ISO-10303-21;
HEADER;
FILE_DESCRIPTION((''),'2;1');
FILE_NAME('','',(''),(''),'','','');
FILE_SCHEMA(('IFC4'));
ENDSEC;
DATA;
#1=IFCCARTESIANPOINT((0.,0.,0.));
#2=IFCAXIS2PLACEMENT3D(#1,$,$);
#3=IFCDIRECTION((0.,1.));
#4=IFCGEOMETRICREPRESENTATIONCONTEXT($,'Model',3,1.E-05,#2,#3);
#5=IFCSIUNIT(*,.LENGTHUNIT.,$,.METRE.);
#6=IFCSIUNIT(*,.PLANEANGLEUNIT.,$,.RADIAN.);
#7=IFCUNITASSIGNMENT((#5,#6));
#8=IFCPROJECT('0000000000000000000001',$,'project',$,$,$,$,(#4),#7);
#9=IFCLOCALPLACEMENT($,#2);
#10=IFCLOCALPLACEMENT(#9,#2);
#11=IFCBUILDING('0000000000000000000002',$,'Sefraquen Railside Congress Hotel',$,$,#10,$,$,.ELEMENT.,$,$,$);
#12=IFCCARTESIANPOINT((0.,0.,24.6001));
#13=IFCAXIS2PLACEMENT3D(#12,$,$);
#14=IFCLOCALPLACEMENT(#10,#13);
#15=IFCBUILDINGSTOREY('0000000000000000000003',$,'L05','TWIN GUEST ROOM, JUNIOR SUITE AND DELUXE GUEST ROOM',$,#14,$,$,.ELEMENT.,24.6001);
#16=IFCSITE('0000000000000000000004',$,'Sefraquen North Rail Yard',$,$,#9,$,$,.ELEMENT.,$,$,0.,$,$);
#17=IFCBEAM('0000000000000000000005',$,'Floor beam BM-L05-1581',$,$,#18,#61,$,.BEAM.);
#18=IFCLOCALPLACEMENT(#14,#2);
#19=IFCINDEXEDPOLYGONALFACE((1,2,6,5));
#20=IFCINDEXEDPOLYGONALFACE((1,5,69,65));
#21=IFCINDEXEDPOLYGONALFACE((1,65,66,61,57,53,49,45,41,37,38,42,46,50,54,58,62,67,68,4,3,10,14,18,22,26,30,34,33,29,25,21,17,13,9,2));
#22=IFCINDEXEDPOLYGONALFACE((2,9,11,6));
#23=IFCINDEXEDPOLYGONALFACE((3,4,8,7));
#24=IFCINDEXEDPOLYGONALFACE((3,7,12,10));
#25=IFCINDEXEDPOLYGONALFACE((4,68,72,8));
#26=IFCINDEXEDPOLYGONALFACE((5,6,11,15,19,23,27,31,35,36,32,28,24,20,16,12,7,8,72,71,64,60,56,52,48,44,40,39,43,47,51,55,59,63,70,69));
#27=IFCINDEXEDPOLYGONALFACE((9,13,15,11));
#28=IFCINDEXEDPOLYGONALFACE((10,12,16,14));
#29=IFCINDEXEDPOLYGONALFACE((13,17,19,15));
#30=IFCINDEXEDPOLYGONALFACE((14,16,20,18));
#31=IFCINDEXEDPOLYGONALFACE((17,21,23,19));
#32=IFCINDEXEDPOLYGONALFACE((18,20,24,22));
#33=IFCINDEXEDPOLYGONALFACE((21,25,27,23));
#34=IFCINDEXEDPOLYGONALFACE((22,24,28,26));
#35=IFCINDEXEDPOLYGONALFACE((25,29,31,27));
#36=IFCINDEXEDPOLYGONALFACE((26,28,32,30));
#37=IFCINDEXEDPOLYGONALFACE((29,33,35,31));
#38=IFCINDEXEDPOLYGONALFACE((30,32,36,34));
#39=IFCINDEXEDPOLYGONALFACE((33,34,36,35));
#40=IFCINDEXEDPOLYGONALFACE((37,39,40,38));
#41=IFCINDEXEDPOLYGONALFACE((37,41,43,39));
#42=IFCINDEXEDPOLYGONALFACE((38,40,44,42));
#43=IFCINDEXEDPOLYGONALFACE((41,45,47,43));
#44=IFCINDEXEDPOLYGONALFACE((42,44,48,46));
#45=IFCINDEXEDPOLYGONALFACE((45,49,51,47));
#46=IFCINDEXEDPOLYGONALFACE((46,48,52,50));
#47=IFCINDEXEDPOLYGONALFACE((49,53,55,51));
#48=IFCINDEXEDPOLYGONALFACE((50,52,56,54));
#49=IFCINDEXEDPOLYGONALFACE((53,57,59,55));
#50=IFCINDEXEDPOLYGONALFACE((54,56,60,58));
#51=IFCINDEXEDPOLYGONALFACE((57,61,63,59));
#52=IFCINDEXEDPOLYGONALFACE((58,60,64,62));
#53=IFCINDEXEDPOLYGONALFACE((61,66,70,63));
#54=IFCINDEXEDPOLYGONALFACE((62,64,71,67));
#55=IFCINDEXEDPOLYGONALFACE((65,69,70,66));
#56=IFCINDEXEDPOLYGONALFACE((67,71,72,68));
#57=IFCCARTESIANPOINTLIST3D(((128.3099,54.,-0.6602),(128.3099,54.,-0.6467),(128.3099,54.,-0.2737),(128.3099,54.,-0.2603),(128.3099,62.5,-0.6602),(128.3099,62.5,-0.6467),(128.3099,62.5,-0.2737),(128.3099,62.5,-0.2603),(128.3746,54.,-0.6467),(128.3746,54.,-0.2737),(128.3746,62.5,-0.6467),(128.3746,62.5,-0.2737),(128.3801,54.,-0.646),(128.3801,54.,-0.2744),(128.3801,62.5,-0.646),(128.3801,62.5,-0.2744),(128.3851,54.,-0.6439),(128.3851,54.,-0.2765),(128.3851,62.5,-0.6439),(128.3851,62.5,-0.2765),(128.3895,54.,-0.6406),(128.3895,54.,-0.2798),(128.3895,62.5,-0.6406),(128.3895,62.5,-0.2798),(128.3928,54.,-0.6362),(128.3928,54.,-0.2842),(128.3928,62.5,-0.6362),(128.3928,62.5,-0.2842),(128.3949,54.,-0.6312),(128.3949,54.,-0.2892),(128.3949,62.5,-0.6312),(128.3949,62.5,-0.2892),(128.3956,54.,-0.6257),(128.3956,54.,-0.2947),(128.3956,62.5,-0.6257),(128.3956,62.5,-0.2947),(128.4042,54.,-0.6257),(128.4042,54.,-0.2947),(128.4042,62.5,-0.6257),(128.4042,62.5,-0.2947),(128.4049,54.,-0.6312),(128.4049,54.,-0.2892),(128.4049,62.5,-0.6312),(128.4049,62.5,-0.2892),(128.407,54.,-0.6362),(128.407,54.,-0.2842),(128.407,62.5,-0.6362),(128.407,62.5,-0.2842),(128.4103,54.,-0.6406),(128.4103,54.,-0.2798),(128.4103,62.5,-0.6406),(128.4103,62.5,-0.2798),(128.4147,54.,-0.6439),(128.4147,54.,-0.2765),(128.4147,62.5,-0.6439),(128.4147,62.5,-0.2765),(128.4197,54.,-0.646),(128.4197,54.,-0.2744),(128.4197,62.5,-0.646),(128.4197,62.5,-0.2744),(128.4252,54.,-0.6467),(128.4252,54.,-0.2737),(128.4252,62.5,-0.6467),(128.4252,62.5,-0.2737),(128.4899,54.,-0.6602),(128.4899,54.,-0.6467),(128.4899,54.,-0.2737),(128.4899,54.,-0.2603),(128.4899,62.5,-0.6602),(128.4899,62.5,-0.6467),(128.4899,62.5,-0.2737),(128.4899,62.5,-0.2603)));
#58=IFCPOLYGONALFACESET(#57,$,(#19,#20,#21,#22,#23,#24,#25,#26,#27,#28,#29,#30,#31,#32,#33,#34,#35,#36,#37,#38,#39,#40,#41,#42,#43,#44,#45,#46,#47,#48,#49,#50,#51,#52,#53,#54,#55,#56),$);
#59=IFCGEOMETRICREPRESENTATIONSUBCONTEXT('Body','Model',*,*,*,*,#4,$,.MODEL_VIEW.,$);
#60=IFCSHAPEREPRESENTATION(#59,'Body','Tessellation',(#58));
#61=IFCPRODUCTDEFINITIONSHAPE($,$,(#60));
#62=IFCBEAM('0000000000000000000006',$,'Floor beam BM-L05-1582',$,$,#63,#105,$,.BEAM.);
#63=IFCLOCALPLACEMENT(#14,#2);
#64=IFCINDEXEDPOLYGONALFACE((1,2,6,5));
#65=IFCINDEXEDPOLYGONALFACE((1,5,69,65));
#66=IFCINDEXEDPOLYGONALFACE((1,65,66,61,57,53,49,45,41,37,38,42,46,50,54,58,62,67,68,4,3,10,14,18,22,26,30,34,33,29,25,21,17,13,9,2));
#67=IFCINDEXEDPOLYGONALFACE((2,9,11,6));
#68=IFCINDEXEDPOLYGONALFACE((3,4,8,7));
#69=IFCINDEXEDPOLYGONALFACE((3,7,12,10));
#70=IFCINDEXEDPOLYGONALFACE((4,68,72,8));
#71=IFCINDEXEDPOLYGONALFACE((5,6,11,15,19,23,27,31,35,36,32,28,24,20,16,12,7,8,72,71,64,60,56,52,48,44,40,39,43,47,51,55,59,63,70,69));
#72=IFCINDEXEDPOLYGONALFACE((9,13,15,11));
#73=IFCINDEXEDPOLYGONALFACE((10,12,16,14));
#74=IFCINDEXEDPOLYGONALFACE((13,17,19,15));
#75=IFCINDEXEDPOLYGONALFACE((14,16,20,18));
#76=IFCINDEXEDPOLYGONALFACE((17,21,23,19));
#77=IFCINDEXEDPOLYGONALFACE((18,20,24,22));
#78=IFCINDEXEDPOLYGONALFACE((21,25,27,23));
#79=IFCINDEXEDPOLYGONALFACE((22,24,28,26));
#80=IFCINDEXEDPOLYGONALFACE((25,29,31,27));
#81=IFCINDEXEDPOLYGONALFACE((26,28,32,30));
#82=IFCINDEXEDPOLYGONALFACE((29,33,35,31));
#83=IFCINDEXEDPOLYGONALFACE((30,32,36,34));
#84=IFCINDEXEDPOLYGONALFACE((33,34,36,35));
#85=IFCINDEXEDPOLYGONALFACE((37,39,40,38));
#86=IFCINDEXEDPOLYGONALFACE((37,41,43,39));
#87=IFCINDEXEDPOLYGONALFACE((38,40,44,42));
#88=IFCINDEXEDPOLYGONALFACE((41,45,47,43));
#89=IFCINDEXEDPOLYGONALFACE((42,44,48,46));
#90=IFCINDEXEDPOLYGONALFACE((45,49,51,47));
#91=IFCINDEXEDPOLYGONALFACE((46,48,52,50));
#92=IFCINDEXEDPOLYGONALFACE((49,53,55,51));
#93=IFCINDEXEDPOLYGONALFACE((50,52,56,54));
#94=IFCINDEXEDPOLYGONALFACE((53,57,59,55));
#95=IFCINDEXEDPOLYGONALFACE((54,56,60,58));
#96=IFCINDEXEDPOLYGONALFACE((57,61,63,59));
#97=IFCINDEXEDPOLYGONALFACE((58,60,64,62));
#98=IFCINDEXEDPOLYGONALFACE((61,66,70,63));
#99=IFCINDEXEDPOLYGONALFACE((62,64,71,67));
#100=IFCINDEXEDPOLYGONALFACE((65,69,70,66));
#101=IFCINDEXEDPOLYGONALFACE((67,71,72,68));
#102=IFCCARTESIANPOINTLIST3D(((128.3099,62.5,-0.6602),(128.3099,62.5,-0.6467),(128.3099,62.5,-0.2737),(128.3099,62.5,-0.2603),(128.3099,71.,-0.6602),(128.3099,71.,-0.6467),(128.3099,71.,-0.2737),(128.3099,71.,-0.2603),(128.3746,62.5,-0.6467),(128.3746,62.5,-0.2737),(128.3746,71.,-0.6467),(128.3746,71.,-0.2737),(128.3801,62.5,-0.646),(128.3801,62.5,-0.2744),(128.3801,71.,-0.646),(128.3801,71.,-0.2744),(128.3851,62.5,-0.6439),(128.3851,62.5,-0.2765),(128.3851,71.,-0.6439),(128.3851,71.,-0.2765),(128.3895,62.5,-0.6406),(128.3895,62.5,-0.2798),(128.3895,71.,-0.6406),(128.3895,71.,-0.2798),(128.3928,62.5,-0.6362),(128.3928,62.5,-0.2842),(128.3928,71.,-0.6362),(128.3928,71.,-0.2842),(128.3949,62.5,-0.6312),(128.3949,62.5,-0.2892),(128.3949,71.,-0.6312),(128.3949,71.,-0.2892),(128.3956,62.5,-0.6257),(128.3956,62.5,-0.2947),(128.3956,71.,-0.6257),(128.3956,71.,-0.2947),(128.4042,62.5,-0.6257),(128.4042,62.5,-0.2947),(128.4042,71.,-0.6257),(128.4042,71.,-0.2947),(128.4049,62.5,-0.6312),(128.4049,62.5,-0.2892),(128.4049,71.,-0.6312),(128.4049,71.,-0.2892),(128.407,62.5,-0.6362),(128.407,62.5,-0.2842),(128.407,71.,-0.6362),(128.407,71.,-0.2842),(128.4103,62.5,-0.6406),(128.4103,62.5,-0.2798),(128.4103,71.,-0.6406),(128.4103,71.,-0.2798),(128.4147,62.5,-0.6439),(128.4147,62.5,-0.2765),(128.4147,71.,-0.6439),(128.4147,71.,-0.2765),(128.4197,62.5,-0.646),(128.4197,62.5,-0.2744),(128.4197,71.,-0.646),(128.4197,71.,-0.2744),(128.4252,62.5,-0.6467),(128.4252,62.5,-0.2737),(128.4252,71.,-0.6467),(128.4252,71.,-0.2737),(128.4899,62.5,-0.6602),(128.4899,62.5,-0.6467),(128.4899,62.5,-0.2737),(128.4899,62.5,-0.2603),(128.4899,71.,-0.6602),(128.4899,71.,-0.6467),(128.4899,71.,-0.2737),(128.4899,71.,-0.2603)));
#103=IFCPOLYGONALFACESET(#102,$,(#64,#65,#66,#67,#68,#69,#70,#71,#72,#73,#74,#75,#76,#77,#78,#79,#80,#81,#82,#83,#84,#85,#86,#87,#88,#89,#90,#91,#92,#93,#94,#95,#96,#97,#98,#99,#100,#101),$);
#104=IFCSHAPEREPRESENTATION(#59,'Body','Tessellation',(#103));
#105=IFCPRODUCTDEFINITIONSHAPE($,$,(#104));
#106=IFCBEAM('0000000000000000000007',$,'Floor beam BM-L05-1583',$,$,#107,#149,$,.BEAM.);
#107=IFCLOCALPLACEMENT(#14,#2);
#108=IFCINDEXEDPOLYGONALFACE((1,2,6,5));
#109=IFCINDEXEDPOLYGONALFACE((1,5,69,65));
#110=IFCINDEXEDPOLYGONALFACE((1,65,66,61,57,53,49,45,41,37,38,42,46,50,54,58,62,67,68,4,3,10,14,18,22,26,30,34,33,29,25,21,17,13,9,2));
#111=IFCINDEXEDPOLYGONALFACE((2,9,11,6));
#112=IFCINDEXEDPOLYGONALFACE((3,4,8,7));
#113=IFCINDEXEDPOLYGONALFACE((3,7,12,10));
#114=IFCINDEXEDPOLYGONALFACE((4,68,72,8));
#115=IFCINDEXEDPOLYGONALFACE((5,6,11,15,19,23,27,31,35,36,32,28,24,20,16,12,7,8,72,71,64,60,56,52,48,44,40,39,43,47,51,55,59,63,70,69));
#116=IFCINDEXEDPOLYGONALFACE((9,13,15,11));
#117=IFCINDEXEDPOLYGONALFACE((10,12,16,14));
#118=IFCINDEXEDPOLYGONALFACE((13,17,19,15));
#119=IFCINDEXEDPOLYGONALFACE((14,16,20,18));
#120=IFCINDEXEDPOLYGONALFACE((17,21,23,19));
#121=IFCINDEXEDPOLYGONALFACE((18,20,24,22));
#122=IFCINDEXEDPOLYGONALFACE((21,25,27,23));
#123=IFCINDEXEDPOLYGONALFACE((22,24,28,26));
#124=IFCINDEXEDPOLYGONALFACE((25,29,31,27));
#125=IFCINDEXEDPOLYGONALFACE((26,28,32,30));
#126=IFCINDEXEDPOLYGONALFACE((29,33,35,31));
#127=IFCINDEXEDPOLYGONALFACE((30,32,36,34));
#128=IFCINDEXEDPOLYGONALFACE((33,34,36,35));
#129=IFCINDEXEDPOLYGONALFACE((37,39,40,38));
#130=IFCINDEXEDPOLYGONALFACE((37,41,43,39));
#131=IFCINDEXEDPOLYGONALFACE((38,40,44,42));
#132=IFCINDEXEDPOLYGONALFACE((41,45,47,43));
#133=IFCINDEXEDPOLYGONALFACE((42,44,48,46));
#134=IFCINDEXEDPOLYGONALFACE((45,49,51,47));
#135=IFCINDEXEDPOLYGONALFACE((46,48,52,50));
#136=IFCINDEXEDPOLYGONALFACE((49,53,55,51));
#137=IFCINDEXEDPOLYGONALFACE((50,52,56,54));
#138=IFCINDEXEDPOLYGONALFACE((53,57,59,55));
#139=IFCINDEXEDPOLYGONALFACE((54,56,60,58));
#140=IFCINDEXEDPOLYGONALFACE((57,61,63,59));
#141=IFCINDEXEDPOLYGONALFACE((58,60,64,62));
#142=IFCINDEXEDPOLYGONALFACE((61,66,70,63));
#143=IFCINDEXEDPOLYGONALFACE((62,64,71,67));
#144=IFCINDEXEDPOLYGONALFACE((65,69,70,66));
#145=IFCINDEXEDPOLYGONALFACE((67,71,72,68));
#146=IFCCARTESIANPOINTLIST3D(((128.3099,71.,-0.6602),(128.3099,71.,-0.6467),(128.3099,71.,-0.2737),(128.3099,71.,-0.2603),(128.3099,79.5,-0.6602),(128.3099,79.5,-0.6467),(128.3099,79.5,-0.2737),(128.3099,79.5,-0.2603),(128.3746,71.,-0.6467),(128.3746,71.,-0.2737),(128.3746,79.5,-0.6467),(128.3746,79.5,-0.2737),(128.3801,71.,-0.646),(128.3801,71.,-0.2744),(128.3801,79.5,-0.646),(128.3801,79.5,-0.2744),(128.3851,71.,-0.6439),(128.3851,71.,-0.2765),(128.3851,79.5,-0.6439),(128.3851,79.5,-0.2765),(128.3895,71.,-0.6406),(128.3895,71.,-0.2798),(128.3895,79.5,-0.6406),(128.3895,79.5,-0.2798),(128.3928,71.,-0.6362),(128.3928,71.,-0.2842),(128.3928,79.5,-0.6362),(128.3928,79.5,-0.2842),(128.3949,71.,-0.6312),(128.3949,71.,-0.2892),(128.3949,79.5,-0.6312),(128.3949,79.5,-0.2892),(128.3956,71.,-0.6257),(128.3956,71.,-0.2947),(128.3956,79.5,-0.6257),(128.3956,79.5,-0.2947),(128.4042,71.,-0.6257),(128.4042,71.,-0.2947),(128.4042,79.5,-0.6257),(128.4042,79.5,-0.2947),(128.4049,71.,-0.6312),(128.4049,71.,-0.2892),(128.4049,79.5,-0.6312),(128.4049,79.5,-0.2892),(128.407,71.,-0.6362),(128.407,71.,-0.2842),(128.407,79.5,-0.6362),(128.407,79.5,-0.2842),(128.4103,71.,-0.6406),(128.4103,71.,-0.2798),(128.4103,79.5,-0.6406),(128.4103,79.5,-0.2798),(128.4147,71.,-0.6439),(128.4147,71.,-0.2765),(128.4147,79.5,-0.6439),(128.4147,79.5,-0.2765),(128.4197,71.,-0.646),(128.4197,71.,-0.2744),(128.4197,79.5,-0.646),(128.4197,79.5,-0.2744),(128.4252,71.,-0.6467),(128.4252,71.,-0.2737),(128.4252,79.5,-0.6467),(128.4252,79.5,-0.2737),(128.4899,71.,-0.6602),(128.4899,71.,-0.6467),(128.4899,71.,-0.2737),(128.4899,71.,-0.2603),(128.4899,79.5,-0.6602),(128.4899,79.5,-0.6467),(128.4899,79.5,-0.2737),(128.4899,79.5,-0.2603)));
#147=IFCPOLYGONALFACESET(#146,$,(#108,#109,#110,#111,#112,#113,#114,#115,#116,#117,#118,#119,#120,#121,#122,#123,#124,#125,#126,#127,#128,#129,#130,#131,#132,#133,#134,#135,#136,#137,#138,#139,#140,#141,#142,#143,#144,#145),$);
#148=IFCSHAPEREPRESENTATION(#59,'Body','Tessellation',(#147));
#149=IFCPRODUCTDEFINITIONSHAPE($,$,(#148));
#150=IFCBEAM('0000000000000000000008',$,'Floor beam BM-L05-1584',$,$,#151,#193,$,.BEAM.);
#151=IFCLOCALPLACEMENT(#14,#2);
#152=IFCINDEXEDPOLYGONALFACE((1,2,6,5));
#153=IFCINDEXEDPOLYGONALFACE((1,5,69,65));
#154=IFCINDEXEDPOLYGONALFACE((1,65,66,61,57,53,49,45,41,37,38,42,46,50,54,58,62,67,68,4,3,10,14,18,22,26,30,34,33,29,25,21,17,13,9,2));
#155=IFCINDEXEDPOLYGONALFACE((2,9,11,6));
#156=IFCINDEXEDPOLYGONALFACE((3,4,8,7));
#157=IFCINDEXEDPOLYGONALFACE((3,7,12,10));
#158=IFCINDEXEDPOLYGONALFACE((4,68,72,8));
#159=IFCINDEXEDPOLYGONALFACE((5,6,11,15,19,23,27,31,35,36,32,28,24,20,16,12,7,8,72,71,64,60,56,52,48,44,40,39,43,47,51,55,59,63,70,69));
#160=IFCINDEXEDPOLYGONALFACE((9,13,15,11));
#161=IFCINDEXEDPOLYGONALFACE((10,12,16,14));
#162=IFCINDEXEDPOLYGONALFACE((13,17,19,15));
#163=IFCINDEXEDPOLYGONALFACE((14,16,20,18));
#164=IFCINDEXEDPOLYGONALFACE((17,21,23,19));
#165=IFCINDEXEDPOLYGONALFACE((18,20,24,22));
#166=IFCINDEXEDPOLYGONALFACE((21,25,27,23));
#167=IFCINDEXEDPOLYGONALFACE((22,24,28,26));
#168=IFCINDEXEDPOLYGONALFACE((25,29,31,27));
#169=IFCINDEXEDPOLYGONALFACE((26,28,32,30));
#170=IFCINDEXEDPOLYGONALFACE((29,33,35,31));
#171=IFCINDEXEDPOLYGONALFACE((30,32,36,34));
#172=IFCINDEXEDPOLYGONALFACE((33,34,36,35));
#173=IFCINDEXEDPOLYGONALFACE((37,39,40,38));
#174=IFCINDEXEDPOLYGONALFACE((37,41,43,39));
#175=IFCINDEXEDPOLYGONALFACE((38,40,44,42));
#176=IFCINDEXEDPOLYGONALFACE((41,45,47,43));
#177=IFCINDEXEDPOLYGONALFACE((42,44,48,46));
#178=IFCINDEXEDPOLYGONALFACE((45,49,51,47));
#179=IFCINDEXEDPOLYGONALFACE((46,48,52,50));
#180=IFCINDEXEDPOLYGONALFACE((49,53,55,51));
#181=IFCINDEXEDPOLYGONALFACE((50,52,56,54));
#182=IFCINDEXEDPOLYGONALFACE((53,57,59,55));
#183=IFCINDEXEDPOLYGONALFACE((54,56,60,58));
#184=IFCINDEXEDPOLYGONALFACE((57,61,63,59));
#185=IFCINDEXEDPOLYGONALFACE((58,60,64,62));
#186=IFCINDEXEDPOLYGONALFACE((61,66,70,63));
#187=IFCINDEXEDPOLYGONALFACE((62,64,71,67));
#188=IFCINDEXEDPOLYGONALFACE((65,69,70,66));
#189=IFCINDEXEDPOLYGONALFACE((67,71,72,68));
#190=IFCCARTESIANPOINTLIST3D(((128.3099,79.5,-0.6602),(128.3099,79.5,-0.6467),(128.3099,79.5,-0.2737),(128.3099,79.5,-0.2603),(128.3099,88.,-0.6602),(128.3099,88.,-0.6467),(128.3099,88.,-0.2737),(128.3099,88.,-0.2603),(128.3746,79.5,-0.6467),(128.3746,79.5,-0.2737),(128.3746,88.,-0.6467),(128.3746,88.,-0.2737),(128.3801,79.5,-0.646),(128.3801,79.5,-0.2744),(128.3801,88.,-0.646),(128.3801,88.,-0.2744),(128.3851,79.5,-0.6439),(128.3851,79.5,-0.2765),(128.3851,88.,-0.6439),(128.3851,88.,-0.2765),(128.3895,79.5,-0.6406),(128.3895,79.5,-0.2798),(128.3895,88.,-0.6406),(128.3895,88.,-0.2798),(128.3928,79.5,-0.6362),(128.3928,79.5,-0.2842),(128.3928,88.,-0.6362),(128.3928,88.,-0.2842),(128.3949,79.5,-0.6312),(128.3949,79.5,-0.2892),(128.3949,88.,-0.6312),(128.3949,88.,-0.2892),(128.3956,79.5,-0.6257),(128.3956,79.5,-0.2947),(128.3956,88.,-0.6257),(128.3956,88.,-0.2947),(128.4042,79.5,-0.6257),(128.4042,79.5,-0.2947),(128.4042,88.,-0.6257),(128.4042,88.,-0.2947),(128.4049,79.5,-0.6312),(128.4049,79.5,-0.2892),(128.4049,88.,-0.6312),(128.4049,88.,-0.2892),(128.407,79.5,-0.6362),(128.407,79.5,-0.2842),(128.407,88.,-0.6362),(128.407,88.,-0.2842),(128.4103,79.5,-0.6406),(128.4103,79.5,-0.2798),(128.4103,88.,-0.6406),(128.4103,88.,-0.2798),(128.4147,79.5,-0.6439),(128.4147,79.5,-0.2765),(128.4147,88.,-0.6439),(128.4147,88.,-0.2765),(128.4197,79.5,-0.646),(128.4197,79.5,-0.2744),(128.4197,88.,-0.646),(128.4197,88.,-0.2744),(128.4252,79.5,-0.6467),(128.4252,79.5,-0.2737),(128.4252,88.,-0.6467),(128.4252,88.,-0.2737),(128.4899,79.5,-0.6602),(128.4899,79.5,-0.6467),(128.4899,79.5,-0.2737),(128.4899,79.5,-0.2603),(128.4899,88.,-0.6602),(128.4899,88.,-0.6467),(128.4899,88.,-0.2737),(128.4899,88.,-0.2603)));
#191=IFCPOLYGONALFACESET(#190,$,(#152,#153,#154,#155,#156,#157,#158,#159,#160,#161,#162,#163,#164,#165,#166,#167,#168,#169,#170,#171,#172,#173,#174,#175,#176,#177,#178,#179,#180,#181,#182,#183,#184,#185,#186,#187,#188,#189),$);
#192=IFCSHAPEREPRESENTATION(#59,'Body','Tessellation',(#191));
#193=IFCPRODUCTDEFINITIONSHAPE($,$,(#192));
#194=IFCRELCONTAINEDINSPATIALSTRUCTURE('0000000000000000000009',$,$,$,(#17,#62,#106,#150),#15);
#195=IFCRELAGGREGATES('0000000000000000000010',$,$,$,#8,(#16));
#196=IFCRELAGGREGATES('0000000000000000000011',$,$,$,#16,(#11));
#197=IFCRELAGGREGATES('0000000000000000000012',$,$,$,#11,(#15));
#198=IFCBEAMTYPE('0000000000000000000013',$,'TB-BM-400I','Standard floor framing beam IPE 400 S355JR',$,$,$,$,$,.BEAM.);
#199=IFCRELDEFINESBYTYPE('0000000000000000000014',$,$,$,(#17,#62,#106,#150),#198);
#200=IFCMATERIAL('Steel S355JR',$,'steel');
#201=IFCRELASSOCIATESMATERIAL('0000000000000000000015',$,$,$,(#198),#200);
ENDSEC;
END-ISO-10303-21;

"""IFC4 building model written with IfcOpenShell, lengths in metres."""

from ifc_helpers import new_model, si_unit, direction, frame, origin, origin_2d, place, context, subcontext, project, spatial, i_section, extrude, material, material_profile, profile_set, type_object, element, save


model = new_model("IFC4")

# Units and contexts
model_context = context("Model", 3, precision=1e-05, world=origin(), true_north=direction((0.0, 1.0)))
body_context = subcontext(model_context, "Body", "Model", "MODEL_VIEW")
ifc_project = project(units=[si_unit("LENGTHUNIT", "METRE"), si_unit("PLANEANGLEUNIT", "RADIAN")], contexts=[model_context])

# Site, building, storey
site_placement = place(None, origin())
site = spatial("IfcSite", under=ifc_project, at=site_placement, Name="Sefraquen North Rail Yard", CompositionType="ELEMENT", RefElevation=0.0)
building_placement = place(site_placement, origin())
building = spatial("IfcBuilding", under=site, at=building_placement, Name="Sefraquen Railside Congress Hotel", CompositionType="ELEMENT")
storey_placement = place(building_placement, frame((0.0, 0.0, 24.6001)))
storey = spatial("IfcBuildingStorey", under=building, at=storey_placement, Name="L05", Description="TWIN GUEST ROOM, JUNIOR SUITE AND DELUXE GUEST ROOM", CompositionType="ELEMENT", Elevation=24.6001)

# Beams
ifc_material_1 = material(Name="Steel S355JR", Category="steel")
ifc_material_profile_1 = material_profile(ifc_material_1, i_section(OverallWidth=0.1799, OverallDepth=0.3999, WebThickness=0.0085, FlangeThickness=0.0134, FilletRadius=0.021, at=origin_2d()), Name="IPE 400")
ifc_profile_set_1 = profile_set([ifc_material_profile_1], Name="Steel S355JR")
beam_type_1 = type_object("IfcBeamType", Name="TB-BM-400I", Description="Standard floor framing beam IPE 400 S355JR", PredefinedType="BEAM", material=ifc_profile_set_1)
for number, where, z_axis, x_axis, name in (
    (1, (128.3999, 54.0, -0.4602), (0.0, 1.0, 0.0), (-1.0, 0.0, 0.0), "Floor beam BM-L05-1581"),
    (2, (128.3999, 62.5, -0.4602), (0.0, 1.0, 0.0), (-1.0, 0.0, 0.0), "Floor beam BM-L05-1582"),
    (3, (128.3999, 71.0, -0.4602), (0.0, 1.0, 0.0), (-1.0, 0.0, 0.0), "Floor beam BM-L05-1583"),
    (4, (128.3999, 79.5, -0.4602), (0.0, 1.0, 0.0), (-1.0, 0.0, 0.0), "Floor beam BM-L05-1584"),
):
    element("IfcBeam", number, at=place(storey_placement, frame(where, z_axis=z_axis, x_axis=x_axis)), inside=storey, type_object=beam_type_1, Name=name, PredefinedType="BEAM", context=body_context, shape_type="SweptSolid", body=[
        extrude(i_section(OverallWidth=0.1799, OverallDepth=0.3999, WebThickness=0.0085, FlangeThickness=0.0134, FilletRadius=0.021, at=origin_2d()), origin(), (0.0, 0.0, 1.0), 8.5),
    ])

save(model, "model.ifc")
